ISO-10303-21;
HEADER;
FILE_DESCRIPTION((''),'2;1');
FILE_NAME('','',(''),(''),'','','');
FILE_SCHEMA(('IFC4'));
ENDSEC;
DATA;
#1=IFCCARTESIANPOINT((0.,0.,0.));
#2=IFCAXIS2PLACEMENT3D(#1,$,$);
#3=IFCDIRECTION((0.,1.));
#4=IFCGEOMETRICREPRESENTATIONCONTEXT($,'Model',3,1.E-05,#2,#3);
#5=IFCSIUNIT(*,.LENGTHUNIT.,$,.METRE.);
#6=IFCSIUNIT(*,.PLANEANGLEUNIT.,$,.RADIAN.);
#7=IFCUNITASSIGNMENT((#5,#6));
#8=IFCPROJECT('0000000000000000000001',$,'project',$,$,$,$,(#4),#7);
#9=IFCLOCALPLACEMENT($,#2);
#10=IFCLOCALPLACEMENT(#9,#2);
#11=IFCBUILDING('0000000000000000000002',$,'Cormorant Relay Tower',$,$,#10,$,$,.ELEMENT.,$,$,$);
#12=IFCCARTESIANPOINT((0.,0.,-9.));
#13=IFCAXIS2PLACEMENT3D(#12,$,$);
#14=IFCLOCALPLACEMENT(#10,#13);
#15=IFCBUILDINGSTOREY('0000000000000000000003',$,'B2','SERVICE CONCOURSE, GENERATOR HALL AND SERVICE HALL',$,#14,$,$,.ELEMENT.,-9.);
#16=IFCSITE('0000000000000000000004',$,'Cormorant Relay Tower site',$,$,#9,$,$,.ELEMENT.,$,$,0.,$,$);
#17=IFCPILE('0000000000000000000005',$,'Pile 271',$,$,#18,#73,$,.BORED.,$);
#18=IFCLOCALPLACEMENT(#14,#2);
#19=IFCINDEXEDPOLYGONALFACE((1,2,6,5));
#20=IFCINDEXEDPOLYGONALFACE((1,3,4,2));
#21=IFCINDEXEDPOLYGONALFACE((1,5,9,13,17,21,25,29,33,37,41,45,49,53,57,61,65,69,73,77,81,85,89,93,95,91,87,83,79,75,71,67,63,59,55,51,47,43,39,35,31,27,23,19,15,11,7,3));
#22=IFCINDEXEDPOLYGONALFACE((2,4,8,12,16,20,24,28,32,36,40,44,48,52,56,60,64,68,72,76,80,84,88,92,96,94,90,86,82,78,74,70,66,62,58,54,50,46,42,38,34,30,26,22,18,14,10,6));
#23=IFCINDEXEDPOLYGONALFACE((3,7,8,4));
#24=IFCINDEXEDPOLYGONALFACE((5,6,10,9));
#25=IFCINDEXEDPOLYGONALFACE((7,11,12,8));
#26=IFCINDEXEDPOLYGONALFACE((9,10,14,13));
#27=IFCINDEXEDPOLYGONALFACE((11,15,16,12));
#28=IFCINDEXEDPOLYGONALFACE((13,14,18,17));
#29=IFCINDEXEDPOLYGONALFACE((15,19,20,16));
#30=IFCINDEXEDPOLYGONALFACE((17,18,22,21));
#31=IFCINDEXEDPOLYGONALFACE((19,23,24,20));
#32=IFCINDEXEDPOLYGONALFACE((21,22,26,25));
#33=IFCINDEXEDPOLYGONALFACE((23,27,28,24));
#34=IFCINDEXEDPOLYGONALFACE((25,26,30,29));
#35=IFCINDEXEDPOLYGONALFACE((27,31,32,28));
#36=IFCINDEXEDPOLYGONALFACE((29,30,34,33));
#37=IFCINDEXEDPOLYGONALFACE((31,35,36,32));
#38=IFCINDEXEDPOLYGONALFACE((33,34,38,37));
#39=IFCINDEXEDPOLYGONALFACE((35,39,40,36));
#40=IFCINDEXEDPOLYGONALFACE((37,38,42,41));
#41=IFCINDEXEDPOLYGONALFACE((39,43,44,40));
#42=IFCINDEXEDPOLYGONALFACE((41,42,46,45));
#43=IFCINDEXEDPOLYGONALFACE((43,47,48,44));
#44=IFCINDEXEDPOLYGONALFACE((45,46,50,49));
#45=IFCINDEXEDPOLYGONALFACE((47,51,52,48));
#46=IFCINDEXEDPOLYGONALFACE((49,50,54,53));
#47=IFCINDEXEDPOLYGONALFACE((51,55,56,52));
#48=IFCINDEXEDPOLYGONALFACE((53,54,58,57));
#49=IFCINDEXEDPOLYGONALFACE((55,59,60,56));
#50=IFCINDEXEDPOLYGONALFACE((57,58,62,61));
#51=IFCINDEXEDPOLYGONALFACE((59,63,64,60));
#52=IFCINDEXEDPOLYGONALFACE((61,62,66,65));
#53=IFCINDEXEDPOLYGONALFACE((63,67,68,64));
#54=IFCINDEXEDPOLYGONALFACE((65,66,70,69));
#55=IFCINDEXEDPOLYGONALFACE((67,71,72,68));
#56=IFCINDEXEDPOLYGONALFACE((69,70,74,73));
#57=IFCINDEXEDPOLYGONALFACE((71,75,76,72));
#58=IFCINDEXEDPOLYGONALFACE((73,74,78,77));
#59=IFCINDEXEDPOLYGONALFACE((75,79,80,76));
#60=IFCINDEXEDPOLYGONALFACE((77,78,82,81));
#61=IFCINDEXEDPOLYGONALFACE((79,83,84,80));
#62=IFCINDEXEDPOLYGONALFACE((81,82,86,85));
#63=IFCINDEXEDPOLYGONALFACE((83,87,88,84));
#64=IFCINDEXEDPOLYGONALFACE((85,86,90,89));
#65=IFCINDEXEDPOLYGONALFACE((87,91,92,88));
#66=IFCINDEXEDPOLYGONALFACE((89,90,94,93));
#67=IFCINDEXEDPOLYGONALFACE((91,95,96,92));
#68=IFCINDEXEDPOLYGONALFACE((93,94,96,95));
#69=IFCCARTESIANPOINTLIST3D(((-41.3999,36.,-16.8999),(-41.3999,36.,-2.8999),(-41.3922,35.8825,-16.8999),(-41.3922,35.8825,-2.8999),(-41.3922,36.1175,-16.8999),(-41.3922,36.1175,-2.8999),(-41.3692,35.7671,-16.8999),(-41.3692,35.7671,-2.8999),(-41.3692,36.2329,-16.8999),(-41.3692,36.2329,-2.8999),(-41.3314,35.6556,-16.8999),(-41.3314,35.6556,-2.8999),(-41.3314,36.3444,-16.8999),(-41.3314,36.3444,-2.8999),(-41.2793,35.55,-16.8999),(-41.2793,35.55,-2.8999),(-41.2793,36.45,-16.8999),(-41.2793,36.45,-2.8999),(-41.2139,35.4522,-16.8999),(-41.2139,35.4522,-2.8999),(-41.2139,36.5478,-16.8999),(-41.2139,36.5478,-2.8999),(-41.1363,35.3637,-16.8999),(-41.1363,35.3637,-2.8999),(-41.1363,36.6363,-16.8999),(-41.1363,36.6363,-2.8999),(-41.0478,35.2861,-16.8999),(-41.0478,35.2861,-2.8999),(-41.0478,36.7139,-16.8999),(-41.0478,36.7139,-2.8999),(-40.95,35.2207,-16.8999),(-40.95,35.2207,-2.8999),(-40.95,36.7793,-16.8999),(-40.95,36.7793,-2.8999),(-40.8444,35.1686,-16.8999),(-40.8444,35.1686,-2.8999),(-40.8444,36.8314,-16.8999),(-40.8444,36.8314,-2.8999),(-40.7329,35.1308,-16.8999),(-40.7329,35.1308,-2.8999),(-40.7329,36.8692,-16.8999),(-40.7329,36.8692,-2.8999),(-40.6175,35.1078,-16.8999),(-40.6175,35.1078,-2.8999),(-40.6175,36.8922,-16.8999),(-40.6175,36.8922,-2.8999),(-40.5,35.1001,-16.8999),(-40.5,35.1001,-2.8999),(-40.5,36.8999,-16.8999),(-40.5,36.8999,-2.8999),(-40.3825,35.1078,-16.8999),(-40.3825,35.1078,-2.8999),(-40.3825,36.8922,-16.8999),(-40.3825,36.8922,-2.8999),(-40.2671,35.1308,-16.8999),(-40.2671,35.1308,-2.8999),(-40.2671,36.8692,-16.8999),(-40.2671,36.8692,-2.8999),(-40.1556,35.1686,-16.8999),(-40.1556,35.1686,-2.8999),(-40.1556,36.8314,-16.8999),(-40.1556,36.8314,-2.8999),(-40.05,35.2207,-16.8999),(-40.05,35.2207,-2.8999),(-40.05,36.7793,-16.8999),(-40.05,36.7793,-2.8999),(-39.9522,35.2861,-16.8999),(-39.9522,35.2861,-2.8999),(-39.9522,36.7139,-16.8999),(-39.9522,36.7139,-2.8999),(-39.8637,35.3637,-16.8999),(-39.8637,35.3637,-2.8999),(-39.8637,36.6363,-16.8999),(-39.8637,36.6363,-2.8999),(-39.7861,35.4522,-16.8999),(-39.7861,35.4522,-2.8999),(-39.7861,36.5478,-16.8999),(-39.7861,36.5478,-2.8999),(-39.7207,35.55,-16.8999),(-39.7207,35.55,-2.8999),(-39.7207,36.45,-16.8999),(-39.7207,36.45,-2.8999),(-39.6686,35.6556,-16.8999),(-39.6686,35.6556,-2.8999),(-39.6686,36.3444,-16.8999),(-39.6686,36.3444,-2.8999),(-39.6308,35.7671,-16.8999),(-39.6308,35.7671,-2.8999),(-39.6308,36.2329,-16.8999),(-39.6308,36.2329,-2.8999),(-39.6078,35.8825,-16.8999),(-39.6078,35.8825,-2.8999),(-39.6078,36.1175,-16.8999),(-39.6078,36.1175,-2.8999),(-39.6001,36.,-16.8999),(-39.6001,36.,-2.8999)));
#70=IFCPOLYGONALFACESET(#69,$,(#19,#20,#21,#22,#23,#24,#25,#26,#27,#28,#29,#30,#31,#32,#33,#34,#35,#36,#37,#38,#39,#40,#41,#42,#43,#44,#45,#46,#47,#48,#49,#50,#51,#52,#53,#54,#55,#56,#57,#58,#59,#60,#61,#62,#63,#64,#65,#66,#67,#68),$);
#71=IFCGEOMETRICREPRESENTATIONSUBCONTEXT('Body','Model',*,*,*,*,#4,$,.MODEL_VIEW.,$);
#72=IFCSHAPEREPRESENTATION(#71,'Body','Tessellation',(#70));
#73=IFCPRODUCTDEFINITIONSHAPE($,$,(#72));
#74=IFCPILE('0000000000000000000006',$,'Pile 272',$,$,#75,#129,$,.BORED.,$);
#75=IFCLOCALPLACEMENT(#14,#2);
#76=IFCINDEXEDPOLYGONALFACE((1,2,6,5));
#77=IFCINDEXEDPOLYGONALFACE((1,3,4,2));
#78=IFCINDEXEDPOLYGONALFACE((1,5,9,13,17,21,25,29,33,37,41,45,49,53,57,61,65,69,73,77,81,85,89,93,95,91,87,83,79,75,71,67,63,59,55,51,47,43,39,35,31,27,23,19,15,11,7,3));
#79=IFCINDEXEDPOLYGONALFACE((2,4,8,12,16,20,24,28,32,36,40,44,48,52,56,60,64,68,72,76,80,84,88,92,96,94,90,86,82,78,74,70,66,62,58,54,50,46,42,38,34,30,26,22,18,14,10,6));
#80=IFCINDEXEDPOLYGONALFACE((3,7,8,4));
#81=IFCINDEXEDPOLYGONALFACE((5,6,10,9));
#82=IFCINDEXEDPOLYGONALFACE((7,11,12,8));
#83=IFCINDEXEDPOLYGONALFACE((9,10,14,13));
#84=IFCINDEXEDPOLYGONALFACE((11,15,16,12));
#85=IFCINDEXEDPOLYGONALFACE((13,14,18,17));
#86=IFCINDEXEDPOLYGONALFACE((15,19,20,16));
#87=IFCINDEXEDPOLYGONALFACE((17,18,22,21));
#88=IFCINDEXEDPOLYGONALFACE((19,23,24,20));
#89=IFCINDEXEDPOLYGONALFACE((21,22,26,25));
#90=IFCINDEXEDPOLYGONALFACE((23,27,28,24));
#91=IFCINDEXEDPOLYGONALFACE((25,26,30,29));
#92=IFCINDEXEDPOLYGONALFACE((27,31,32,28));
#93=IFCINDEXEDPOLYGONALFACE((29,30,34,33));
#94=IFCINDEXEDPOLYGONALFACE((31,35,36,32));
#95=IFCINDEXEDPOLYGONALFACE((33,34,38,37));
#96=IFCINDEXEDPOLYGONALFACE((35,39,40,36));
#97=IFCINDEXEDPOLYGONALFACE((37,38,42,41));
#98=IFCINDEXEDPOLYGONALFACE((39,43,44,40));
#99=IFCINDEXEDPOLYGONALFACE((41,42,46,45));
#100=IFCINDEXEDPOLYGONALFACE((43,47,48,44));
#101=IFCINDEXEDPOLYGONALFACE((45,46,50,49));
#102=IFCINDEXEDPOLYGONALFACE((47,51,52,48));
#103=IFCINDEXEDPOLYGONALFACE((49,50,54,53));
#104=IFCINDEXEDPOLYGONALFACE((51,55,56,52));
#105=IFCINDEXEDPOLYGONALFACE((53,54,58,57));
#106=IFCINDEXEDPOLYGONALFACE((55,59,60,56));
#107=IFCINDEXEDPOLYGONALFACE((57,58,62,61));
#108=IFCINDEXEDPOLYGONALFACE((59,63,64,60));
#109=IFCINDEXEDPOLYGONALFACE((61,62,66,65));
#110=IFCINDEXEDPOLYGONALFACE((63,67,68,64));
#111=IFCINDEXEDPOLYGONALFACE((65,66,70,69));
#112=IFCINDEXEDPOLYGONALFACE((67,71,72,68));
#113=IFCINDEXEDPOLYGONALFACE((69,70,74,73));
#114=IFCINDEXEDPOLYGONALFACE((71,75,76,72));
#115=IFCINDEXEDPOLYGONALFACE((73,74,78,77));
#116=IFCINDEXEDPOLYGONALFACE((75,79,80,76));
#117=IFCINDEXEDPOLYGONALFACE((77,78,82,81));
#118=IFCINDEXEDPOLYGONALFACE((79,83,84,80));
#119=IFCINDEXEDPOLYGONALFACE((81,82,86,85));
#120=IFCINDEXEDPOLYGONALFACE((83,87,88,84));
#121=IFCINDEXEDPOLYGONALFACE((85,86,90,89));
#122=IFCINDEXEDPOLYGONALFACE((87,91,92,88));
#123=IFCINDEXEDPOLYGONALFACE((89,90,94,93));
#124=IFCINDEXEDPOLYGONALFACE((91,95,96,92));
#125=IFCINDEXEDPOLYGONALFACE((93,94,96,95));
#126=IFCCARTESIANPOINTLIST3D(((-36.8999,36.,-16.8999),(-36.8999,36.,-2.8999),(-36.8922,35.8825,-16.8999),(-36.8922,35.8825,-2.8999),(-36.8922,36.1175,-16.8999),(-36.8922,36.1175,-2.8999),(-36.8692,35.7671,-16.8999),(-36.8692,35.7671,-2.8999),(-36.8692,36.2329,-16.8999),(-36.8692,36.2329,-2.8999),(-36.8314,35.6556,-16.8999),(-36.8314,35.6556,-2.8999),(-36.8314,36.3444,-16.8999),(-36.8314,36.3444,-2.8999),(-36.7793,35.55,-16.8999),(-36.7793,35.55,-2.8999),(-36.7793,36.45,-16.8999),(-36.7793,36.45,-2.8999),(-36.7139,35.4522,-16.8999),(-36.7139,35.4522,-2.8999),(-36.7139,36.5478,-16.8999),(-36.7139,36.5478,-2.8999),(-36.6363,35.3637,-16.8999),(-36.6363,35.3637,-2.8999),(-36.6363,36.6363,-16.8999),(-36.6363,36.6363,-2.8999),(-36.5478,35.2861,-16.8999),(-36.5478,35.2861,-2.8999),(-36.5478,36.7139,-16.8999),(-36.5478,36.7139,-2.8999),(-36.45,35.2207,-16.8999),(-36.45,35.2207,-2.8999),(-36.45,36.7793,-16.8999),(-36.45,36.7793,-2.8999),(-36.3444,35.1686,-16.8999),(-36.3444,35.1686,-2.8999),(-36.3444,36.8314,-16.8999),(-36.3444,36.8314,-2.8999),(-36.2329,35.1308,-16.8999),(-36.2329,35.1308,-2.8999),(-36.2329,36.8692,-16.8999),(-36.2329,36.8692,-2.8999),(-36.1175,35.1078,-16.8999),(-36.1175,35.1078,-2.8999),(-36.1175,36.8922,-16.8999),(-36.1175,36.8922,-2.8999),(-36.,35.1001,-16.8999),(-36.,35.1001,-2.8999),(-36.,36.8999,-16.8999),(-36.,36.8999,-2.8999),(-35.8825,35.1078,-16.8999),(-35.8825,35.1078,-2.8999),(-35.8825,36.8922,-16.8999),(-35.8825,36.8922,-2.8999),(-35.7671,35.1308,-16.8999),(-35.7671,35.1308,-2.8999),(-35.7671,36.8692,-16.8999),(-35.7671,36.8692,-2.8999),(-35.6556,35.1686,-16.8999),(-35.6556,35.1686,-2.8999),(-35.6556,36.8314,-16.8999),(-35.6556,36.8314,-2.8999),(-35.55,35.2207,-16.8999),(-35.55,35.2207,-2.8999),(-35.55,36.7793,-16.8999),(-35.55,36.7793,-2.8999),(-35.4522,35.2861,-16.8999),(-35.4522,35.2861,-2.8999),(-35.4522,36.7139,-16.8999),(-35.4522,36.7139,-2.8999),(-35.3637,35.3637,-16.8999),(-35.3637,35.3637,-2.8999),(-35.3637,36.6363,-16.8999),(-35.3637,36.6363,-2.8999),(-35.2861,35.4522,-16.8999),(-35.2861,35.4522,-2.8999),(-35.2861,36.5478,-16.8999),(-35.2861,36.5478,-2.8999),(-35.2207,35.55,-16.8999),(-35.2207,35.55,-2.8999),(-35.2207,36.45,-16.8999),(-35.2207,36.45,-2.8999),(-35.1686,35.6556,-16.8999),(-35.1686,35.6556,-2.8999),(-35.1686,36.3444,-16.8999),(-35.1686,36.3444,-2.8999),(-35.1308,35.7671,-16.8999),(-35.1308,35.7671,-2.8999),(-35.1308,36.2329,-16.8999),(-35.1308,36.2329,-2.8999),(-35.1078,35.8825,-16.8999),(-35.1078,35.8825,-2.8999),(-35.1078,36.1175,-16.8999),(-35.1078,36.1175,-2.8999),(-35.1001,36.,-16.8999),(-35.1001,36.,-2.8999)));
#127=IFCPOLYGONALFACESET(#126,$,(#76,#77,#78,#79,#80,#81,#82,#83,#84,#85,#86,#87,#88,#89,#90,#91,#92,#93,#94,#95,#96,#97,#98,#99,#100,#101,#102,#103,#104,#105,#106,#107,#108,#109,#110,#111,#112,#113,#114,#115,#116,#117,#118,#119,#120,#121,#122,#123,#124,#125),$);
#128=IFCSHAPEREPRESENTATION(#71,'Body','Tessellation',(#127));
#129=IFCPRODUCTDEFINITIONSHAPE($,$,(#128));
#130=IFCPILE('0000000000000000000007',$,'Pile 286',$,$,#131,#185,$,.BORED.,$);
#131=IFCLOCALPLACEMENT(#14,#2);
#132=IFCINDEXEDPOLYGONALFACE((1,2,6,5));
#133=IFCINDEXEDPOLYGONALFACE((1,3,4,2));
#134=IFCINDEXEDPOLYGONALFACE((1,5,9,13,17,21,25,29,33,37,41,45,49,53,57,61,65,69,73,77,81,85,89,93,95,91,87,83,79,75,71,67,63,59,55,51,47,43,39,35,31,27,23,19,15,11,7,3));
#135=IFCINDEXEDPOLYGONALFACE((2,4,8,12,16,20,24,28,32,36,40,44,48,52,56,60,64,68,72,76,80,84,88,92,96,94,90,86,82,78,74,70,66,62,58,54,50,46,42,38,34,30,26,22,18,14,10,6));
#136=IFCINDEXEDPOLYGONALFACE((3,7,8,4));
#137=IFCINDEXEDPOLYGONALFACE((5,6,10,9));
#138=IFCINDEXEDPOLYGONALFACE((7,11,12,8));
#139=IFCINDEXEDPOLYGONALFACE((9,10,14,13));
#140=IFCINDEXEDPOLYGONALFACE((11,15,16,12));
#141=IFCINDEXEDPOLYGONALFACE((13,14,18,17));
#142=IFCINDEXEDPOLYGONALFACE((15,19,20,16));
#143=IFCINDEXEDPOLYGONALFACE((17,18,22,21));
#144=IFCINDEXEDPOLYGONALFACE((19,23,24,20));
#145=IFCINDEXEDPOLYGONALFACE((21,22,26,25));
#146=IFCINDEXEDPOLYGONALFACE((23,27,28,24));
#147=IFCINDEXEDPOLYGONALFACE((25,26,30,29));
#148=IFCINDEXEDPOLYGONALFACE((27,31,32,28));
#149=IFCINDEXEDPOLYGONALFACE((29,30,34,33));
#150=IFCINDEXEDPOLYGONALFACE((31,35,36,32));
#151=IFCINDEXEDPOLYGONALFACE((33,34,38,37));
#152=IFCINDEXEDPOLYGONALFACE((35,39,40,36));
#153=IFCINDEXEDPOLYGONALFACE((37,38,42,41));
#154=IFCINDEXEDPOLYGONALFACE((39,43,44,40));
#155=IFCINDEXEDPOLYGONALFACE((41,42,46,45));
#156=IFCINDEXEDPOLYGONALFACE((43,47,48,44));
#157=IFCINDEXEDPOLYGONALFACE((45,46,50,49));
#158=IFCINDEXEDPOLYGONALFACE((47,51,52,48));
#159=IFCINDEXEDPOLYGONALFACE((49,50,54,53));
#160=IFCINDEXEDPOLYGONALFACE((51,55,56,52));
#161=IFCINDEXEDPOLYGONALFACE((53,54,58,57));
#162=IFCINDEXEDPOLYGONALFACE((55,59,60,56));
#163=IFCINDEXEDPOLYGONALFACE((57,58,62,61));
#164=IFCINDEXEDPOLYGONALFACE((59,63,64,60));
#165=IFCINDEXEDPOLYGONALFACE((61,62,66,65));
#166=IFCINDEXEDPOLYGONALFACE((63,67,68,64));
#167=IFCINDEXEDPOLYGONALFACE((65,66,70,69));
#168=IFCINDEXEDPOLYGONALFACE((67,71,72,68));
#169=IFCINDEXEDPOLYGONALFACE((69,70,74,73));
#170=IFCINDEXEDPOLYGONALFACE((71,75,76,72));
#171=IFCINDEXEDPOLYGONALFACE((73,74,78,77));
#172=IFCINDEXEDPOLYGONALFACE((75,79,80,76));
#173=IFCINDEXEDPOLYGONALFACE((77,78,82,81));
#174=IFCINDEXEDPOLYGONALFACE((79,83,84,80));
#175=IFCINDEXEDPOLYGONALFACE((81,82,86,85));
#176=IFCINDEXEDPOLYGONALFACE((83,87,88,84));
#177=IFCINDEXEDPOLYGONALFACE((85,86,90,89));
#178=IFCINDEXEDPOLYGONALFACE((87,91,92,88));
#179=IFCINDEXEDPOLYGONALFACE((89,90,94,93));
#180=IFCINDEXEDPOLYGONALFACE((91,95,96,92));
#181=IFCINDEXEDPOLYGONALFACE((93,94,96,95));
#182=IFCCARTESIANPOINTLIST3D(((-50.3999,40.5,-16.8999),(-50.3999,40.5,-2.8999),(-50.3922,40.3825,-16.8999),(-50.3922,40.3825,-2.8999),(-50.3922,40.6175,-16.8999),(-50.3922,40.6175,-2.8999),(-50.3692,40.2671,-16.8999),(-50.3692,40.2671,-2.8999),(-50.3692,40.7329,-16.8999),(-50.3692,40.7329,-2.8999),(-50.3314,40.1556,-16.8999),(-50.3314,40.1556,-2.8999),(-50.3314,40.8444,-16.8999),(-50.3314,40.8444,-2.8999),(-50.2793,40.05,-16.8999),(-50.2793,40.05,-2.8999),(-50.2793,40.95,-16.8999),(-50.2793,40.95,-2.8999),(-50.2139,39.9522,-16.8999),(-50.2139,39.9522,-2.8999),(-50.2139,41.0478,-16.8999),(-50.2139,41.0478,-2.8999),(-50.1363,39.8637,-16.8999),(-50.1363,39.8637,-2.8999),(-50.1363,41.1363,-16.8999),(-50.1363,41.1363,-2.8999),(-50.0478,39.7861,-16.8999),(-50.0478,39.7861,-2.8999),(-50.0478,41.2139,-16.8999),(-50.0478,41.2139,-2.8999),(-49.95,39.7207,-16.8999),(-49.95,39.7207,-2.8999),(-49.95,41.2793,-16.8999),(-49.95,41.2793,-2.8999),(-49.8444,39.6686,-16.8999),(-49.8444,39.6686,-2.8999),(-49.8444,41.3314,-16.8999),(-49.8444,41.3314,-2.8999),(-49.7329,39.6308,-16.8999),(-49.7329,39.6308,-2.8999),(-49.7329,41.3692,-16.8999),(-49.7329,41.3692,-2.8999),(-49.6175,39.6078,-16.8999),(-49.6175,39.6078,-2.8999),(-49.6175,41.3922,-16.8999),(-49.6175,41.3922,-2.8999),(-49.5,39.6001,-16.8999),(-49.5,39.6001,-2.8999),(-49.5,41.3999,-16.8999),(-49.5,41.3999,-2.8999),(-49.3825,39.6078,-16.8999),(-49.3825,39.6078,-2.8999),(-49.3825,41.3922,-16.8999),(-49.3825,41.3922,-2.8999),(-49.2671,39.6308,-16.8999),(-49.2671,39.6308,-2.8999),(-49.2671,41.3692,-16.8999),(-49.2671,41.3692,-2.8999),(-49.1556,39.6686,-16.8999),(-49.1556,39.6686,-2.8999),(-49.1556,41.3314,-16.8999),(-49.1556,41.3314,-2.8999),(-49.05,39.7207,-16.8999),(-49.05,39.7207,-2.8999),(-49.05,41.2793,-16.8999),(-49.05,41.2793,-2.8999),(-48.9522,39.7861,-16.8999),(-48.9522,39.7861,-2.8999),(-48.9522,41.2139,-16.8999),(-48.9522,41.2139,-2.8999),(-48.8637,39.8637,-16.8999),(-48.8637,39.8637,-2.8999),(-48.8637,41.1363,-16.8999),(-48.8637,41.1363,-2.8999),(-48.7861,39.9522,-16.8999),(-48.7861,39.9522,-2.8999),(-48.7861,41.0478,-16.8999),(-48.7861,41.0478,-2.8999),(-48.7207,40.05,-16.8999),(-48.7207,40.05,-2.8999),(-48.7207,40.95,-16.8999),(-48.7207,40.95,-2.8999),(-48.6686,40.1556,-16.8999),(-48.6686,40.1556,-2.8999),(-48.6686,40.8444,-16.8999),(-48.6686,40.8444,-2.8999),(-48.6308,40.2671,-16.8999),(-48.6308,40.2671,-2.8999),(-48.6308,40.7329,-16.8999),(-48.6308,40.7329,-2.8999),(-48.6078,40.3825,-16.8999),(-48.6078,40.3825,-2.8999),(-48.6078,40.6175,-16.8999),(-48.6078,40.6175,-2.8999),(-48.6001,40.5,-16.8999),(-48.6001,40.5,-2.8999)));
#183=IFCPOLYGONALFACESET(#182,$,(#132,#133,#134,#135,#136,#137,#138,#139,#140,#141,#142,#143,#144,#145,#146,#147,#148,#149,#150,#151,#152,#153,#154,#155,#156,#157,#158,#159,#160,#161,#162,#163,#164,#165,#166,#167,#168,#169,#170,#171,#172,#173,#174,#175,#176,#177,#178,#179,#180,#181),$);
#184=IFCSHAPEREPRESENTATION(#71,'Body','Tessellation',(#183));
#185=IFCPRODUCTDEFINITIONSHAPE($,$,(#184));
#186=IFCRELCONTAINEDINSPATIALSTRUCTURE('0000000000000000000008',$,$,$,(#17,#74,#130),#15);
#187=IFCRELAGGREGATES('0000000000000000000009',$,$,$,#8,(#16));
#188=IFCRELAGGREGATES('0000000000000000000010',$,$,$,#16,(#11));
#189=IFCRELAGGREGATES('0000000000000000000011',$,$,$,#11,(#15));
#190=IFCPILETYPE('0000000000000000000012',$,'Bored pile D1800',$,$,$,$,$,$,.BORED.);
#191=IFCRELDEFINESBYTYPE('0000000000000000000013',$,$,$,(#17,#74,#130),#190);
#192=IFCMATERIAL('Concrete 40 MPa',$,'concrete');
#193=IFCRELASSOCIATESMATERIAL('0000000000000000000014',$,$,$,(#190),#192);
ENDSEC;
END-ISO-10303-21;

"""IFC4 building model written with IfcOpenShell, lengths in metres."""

from ifc_helpers import new_model, si_unit, direction, frame, origin, origin_2d, place, context, subcontext, project, spatial, circle, extrude, material, material_profile, profile_set, type_object, element, save


model = new_model("IFC4")

# Units and contexts
model_context = context("Model", 3, precision=1e-05, world=origin(), true_north=direction((0.0, 1.0)))
body_context = subcontext(model_context, "Body", "Model", "MODEL_VIEW")
ifc_project = project(units=[si_unit("LENGTHUNIT", "METRE"), si_unit("PLANEANGLEUNIT", "RADIAN")], contexts=[model_context])

# Site, building, storey
site_placement = place(None, origin())
site = spatial("IfcSite", under=ifc_project, at=site_placement, Name="Cormorant Relay Tower site", CompositionType="ELEMENT", RefElevation=0.0)
building_placement = place(site_placement, origin())
building = spatial("IfcBuilding", under=site, at=building_placement, Name="Cormorant Relay Tower", CompositionType="ELEMENT")
storey_placement = place(building_placement, frame((0.0, 0.0, -9.0)))
storey = spatial("IfcBuildingStorey", under=building, at=storey_placement, Name="B2", Description="SERVICE CONCOURSE, GENERATOR HALL AND SERVICE HALL", CompositionType="ELEMENT", Elevation=-9.0)

# Piles
ifc_material_1 = material(Name="Concrete 40 MPa", Category="concrete")
ifc_material_profile_1 = material_profile(ifc_material_1, circle(Radius=0.8999, at=origin_2d()), Name="BP1800")
ifc_profile_set_1 = profile_set([ifc_material_profile_1], Name="Concrete 40 MPa")
pile_type = type_object("IfcPileType", Name="Bored pile D1800", PredefinedType="BORED", material=ifc_profile_set_1)
for number, where, z_axis, x_axis, name in (
    (1, (-40.5, 36.0, -2.8999), (0.0, 0.0, -1.0), (1.0, 0.0, 0.0), "Pile 271"),
    (2, (-36.0, 36.0, -2.8999), (0.0, 0.0, -1.0), (1.0, 0.0, 0.0), "Pile 272"),
    (3, (-49.5, 40.5, -2.8999), (0.0, 0.0, -1.0), (1.0, 0.0, 0.0), "Pile 286"),
):
    element("IfcPile", number, at=place(storey_placement, frame(where, z_axis=z_axis, x_axis=x_axis)), inside=storey, type_object=pile_type, Name=name, PredefinedType="BORED", context=body_context, shape_type="SweptSolid", body=[
        extrude(circle(Radius=0.8999, at=origin_2d()), origin(), (0.0, 0.0, 1.0), 14.0),
    ])

save(model, "model.ifc")
